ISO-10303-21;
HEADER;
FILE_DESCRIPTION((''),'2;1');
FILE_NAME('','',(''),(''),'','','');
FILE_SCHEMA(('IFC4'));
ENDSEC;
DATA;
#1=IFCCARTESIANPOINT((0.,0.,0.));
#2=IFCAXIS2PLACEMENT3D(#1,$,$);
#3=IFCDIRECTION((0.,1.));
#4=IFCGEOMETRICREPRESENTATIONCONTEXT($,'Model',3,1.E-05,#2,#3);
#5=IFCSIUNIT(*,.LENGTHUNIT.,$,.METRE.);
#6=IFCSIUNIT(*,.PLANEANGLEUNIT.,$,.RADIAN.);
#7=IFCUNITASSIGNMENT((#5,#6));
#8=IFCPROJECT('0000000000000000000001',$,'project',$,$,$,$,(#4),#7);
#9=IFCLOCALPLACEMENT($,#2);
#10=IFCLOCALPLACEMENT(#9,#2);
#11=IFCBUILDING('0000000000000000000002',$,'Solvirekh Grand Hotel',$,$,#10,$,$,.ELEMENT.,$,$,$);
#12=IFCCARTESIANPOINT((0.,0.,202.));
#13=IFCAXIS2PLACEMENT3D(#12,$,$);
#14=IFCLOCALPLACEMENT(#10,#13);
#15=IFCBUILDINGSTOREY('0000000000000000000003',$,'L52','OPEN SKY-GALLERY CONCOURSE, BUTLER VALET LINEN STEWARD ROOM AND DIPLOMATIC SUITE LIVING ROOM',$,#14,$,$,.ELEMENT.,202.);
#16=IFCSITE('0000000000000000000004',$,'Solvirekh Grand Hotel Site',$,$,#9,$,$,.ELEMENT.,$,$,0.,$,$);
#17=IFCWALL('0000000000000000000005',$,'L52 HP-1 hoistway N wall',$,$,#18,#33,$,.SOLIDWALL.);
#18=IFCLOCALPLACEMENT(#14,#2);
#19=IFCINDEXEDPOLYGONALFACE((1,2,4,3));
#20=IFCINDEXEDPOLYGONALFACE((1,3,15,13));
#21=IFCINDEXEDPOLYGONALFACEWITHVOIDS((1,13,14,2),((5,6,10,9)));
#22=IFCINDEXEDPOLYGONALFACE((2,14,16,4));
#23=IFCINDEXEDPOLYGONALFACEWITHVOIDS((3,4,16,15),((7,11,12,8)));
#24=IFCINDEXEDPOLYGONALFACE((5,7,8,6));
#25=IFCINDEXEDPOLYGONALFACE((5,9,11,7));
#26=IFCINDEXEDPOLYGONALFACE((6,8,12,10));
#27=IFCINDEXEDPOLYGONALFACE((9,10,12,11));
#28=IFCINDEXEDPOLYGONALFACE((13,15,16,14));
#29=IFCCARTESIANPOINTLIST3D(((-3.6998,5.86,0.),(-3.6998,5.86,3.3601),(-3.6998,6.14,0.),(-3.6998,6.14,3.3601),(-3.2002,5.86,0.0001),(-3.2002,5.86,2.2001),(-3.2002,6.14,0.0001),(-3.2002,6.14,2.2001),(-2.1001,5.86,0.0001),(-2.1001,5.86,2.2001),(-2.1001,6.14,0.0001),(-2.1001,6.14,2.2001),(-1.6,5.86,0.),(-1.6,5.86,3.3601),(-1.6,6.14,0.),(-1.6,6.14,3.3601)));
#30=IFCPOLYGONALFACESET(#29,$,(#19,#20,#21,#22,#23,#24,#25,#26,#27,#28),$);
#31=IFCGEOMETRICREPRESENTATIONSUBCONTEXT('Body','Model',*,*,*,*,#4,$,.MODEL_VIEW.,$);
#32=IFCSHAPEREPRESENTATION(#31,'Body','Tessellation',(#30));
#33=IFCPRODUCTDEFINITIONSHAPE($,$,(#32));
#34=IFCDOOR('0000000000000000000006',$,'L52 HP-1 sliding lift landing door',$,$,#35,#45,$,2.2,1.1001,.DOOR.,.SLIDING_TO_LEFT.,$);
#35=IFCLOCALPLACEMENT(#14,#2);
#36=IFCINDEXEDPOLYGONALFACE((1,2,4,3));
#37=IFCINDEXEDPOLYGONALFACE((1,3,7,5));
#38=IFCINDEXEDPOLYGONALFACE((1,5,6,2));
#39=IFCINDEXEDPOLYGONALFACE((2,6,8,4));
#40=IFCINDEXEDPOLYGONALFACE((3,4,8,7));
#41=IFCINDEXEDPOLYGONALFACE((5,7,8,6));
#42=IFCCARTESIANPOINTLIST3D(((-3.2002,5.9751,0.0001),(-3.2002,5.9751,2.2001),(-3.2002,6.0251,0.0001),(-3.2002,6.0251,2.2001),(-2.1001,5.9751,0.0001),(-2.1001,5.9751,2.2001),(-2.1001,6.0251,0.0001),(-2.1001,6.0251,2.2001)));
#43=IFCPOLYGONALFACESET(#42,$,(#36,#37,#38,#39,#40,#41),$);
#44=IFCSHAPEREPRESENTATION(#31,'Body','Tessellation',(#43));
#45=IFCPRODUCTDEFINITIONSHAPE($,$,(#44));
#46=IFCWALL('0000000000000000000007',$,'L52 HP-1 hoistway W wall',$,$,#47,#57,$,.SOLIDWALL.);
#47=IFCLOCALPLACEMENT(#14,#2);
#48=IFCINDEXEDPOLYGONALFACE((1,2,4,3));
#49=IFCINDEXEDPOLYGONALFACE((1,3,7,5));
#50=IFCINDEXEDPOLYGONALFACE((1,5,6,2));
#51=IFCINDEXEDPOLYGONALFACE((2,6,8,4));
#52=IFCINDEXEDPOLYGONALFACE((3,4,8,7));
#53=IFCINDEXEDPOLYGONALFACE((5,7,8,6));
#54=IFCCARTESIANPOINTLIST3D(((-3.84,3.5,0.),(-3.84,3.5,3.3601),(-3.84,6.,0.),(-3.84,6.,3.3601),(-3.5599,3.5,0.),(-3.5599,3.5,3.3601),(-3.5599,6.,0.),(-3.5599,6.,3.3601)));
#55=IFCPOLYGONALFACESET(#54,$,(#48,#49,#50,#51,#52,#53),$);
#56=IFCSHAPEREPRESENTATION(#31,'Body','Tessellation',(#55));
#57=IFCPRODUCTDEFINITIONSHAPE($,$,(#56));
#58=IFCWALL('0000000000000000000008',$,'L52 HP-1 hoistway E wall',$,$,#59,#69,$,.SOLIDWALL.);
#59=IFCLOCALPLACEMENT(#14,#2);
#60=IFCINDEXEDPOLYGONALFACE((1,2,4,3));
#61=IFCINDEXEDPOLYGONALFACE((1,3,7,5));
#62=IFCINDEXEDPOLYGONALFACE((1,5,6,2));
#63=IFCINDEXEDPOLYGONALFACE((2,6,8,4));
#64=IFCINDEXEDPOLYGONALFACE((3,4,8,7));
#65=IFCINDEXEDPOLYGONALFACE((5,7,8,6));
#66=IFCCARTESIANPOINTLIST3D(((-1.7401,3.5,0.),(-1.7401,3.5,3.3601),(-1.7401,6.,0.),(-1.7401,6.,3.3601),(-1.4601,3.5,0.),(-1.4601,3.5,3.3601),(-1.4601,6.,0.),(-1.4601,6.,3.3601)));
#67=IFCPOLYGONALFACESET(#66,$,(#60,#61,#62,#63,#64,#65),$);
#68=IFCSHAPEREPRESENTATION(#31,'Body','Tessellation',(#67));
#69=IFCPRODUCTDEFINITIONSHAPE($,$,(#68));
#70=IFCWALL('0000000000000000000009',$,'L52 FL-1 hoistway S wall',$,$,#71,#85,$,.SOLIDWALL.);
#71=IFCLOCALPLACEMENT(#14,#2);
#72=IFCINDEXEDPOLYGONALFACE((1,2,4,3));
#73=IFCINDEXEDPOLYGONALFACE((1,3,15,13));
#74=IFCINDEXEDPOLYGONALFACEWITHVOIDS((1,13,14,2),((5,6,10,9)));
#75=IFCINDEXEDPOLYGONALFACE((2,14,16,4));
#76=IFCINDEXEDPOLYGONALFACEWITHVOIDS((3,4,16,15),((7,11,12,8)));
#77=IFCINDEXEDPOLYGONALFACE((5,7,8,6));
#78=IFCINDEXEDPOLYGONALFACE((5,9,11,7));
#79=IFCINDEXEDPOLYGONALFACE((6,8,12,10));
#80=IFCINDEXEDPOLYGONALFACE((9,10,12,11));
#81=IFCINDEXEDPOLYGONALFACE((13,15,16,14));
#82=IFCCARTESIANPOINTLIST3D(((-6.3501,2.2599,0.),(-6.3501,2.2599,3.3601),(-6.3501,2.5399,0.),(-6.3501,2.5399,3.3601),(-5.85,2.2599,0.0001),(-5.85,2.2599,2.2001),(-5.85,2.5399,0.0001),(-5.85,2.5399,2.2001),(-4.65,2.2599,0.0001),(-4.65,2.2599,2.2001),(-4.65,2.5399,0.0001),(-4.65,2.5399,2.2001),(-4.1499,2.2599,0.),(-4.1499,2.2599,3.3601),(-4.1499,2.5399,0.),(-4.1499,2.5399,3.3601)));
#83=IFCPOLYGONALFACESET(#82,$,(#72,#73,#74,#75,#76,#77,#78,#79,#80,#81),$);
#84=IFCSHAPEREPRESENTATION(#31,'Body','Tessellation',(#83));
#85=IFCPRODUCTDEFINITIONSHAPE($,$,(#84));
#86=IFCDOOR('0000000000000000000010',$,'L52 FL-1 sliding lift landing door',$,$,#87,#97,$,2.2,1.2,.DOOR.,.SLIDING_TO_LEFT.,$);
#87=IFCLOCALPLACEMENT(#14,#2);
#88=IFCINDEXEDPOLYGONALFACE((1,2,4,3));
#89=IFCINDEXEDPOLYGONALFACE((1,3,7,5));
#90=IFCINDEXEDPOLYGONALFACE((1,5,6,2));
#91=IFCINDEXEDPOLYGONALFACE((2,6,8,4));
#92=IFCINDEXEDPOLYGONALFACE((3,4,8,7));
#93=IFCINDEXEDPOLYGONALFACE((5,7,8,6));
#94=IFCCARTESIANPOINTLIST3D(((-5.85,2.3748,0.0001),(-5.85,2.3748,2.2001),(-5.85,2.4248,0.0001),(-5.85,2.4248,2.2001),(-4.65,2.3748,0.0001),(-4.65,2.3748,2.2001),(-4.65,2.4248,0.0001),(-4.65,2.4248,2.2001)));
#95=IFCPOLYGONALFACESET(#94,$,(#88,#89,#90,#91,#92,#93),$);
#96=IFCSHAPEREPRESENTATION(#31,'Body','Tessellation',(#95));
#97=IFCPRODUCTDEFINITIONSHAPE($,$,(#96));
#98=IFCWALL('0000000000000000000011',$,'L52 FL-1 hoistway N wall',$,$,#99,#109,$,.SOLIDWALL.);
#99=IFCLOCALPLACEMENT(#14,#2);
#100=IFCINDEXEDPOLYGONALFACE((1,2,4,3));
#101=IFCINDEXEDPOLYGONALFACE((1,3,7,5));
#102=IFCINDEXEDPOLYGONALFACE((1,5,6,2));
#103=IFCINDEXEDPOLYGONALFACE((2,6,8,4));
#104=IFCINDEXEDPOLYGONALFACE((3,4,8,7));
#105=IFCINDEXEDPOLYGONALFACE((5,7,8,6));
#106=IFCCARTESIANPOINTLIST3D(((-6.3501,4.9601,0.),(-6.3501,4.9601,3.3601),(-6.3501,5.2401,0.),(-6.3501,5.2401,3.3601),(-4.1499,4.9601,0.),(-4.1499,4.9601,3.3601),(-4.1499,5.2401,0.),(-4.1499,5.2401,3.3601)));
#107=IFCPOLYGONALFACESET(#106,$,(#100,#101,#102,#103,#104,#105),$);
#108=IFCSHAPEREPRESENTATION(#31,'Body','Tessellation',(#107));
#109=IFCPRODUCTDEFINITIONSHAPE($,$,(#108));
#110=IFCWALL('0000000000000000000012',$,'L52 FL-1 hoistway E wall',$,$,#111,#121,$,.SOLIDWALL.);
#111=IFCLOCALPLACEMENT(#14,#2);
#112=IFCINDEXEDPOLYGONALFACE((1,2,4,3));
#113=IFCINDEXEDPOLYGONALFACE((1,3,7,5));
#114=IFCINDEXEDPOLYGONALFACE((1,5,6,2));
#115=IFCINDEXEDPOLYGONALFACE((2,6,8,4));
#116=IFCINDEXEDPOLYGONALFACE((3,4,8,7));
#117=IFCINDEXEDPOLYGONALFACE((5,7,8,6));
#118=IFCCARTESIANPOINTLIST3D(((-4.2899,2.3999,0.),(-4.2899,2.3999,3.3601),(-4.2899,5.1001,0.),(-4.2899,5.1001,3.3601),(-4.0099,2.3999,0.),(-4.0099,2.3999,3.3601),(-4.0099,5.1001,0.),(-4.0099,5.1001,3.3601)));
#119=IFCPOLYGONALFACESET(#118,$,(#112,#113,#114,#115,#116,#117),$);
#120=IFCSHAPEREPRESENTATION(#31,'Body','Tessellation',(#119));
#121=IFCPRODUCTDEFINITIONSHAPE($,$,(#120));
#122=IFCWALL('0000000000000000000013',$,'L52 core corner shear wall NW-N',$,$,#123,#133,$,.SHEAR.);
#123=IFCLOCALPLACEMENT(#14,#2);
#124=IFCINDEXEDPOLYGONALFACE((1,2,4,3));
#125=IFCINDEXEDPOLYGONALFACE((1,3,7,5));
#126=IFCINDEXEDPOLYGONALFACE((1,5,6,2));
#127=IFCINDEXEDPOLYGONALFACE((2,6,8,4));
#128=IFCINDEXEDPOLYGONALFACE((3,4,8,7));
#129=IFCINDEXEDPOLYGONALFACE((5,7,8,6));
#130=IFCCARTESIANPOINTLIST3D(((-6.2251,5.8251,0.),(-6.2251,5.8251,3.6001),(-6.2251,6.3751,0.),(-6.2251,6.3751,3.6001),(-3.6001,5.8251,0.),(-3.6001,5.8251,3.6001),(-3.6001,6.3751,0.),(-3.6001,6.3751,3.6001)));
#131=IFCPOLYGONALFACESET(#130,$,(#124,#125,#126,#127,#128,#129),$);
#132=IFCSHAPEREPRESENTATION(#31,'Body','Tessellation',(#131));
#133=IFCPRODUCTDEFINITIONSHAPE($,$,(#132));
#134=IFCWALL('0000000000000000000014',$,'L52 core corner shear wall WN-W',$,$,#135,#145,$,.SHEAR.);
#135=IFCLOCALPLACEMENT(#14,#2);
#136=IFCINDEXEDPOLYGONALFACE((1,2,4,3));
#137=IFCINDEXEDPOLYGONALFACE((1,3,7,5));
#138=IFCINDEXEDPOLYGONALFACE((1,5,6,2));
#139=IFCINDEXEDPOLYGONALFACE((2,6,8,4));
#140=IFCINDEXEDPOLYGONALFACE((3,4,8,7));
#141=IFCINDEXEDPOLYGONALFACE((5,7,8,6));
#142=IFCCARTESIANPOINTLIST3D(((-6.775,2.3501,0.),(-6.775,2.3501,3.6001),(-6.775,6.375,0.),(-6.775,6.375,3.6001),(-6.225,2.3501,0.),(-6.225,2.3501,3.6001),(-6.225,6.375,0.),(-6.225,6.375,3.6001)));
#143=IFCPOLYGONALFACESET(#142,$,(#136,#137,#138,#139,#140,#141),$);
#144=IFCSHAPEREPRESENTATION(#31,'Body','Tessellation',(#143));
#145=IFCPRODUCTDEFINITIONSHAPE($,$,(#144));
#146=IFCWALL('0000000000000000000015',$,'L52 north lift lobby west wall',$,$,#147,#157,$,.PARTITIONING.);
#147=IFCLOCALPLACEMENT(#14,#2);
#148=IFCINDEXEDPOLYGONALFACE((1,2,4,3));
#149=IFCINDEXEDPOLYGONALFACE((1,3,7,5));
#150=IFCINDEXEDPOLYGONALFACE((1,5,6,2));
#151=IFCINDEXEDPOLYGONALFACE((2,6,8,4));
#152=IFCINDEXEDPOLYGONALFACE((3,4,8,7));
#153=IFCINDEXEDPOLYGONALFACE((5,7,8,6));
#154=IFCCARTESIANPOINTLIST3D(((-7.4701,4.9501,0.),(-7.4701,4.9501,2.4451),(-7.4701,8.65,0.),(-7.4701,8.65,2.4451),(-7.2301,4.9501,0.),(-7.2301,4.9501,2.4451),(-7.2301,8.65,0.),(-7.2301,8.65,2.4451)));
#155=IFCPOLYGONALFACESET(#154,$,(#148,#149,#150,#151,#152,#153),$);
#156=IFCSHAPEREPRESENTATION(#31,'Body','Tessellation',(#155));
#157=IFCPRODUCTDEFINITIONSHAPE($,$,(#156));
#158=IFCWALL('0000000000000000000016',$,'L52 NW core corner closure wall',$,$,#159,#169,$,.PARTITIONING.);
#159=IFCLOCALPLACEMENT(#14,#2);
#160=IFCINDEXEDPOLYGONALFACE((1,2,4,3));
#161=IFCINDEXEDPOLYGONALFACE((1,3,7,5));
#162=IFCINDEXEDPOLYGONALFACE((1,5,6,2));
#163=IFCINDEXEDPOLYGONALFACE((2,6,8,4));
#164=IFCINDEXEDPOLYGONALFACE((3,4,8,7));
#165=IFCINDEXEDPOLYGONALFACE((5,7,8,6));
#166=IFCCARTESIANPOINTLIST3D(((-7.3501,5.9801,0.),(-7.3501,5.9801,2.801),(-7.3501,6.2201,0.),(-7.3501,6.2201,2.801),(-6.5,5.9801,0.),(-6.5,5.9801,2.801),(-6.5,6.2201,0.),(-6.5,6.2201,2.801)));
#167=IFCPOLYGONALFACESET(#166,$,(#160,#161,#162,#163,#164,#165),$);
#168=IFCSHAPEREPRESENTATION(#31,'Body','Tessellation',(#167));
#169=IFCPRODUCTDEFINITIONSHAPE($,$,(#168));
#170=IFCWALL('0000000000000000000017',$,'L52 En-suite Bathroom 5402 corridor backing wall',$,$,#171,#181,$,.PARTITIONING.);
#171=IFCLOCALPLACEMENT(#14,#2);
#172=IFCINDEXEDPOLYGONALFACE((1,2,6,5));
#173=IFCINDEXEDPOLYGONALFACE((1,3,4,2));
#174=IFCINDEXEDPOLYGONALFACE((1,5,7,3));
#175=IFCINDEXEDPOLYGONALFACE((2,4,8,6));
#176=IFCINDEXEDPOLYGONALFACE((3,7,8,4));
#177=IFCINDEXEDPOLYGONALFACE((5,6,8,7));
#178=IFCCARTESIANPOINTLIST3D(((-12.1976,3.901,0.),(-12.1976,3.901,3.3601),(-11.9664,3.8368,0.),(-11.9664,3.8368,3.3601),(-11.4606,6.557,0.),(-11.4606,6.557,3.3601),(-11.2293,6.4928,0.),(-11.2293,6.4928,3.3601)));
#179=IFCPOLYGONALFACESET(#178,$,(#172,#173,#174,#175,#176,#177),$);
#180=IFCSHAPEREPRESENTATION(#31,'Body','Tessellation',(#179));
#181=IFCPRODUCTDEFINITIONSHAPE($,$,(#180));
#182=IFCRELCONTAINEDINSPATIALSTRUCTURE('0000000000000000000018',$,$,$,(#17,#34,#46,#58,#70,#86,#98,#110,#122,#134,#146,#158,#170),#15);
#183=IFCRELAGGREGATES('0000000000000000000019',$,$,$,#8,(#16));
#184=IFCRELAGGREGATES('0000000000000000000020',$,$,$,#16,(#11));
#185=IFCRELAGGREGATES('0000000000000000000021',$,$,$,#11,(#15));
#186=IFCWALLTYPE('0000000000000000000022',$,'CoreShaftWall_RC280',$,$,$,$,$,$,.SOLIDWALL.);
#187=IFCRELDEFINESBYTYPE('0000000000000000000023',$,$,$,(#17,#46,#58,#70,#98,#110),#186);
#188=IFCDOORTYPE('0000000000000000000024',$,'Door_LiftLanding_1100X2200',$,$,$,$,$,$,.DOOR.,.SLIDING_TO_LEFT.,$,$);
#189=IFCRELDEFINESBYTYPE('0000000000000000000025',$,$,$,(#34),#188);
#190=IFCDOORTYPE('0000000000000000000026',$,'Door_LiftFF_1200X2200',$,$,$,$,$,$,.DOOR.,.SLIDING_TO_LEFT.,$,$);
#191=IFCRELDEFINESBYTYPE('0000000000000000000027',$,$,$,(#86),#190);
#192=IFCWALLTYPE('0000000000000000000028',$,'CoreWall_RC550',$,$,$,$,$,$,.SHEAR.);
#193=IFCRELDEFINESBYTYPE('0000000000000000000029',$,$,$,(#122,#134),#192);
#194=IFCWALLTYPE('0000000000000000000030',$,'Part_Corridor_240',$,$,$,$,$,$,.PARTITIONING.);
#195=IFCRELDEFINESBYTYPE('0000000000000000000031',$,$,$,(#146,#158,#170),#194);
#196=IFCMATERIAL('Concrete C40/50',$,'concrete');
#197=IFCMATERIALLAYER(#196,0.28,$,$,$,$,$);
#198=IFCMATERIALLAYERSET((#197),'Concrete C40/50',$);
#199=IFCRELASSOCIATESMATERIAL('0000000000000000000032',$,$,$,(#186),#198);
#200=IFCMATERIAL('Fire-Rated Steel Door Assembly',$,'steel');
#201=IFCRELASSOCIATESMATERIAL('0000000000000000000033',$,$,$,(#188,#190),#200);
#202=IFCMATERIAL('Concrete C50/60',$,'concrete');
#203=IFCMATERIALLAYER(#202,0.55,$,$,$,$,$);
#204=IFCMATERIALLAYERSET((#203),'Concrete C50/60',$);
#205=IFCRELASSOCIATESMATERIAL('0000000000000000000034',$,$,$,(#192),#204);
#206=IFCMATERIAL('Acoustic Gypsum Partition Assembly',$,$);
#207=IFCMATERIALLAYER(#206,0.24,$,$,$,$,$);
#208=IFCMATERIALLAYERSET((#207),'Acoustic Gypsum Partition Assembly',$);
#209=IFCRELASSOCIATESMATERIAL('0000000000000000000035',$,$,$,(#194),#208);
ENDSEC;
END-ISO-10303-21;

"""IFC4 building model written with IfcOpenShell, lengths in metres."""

from ifc_helpers import new_model, si_unit, direction, frame, frame_2d, origin, place, context, subcontext, project, spatial, rectangle, extrude, material, layer, layer_set, type_object, element, fill, save


model = new_model("IFC4")

# Units and contexts
model_context = context("Model", 3, precision=1e-05, world=origin(), true_north=direction((0.0, 1.0)))
body_context = subcontext(model_context, "Body", "Model", "MODEL_VIEW")
ifc_project = project(units=[si_unit("LENGTHUNIT", "METRE"), si_unit("PLANEANGLEUNIT", "RADIAN")], contexts=[model_context])

# Site, building, storey
site_placement = place(None, origin())
site = spatial("IfcSite", under=ifc_project, at=site_placement, Name="Solvirekh Grand Hotel Site", CompositionType="ELEMENT", RefElevation=0.0)
building_placement = place(site_placement, origin())
building = spatial("IfcBuilding", under=site, at=building_placement, Name="Solvirekh Grand Hotel", CompositionType="ELEMENT")
storey_placement = place(building_placement, frame((0.0, 0.0, 202.0)))
storey = spatial("IfcBuildingStorey", under=building, at=storey_placement, Name="L52", Description="OPEN SKY-GALLERY CONCOURSE, BUTLER VALET LINEN STEWARD ROOM AND DIPLOMATIC SUITE LIVING ROOM", CompositionType="ELEMENT", Elevation=202.0)

# Shared definitions
ifc_material_1 = material(Name="Concrete C50/60", Category="concrete")

# Wall, opening, door
ifc_material_2 = material(Name="Concrete C40/50", Category="concrete")
ifc_layer_1 = layer(ifc_material_2, 0.28)
ifc_layer_set_1 = layer_set([ifc_layer_1], Name="Concrete C40/50")
wall_type_1 = type_object("IfcWallType", Name="CoreShaftWall_RC280", PredefinedType="SOLIDWALL", material=ifc_layer_set_1)
wall_1_placement = place(storey_placement, frame((-1.6001, 6.0, 0.0), z_axis=(0.0, 0.0, 1.0), x_axis=(-1.0, 0.0, 0.0)))
wall_1 = element("IfcWall", 1, at=wall_1_placement, inside=storey, type_object=wall_type_1, Name="L52 HP-1 hoistway N wall", PredefinedType="SOLIDWALL", context=body_context, shape_type="SweptSolid", body=[
    extrude(rectangle(XDim=2.0999, YDim=0.28, at=frame_2d((1.0498, 0.0))), origin(), (0.0, 0.0, 1.0), 3.3601),
])
opening_1_placement = place(wall_1_placement, frame((0.5, 0.0, 0.0)))
opening_1 = element("IfcOpeningElement", 2, at=opening_1_placement, cuts=wall_1, PredefinedType="OPENING", context=body_context, shape_type="SweptSolid", body=[
    extrude(rectangle(XDim=1.1001, YDim=2.2, at=frame_2d((0.55, 1.1001))), frame((0.0, 0.1499, 0.0), z_axis=(0.0, -1.0, 0.0), x_axis=(1.0, 0.0, 0.0)), (0.0, 0.0, 1.0), 0.3),
])
ifc_material_3 = material(Name="Fire-Rated Steel Door Assembly", Category="steel")
door_type_1 = type_object("IfcDoorType", Name="Door_LiftLanding_1100X2200", OperationType="SLIDING_TO_LEFT", PredefinedType="DOOR", material=ifc_material_3)
door_1_placement = place(opening_1_placement, origin())
door_1 = element("IfcDoor", 3, at=door_1_placement, inside=storey, type_object=door_type_1, Name="L52 HP-1 sliding lift landing door", OperationType="SLIDING_TO_LEFT", OverallHeight=2.2, OverallWidth=1.1001, PredefinedType="DOOR", context=body_context, shape_type="SweptSolid", body=[
    extrude(rectangle(XDim=1.1001, YDim=2.2, at=frame_2d((0.55, 1.1001))), frame((0.0, 0.0249, 0.0), z_axis=(0.0, -1.0, 0.0), x_axis=(1.0, 0.0, 0.0)), (0.0, 0.0, 1.0), 0.05),
])
fill(opening_1, door_1)

# Walls
for number, where, z_axis, x_axis, name in (
    (4, (-3.7, 6.0, 0.0), (0.0, 0.0, 1.0), (0.0, -1.0, 0.0), "L52 HP-1 hoistway W wall"),
    (5, (-1.6001, 3.5, 0.0), (0.0, 0.0, 1.0), (0.0, 1.0, 0.0), "L52 HP-1 hoistway E wall"),
):
    element("IfcWall", number, at=place(storey_placement, frame(where, z_axis=z_axis, x_axis=x_axis)), inside=storey, type_object=wall_type_1, Name=name, PredefinedType="SOLIDWALL", context=body_context, shape_type="SweptSolid", body=[
        extrude(rectangle(XDim=2.5, YDim=0.28, at=frame_2d((1.25, 0.0))), origin(), (0.0, 0.0, 1.0), 3.3601),
    ])

# Wall, opening, door
wall_2_placement = place(storey_placement, frame((-6.3501, 2.3999, 0.0), z_axis=(0.0, 0.0, 1.0), x_axis=(1.0, 0.0, 0.0)))
wall_2 = element("IfcWall", 6, at=wall_2_placement, inside=storey, type_object=wall_type_1, Name="L52 FL-1 hoistway S wall", PredefinedType="SOLIDWALL", context=body_context, shape_type="SweptSolid", body=[
    extrude(rectangle(XDim=2.2002, YDim=0.28, at=frame_2d((1.1001, 0.0))), origin(), (0.0, 0.0, 1.0), 3.3601),
])
opening_2_placement = place(wall_2_placement, frame((0.5, 0.0, 0.0)))
opening_2 = element("IfcOpeningElement", 7, at=opening_2_placement, cuts=wall_2, PredefinedType="OPENING", context=body_context, shape_type="SweptSolid", body=[
    extrude(rectangle(XDim=1.2, YDim=2.2, at=frame_2d((0.6001, 1.1001))), frame((0.0, 0.1499, 0.0), z_axis=(0.0, -1.0, 0.0), x_axis=(1.0, 0.0, 0.0)), (0.0, 0.0, 1.0), 0.3),
])
door_type_2 = type_object("IfcDoorType", Name="Door_LiftFF_1200X2200", OperationType="SLIDING_TO_LEFT", PredefinedType="DOOR", material=ifc_material_3)
door_2_placement = place(opening_2_placement, origin())
door_2 = element("IfcDoor", 8, at=door_2_placement, inside=storey, type_object=door_type_2, Name="L52 FL-1 sliding lift landing door", OperationType="SLIDING_TO_LEFT", OverallHeight=2.2, OverallWidth=1.2, PredefinedType="DOOR", context=body_context, shape_type="SweptSolid", body=[
    extrude(rectangle(XDim=1.2, YDim=2.2, at=frame_2d((0.6001, 1.1001))), frame((0.0, 0.0249, 0.0), z_axis=(0.0, -1.0, 0.0), x_axis=(1.0, 0.0, 0.0)), (0.0, 0.0, 1.0), 0.05),
])
fill(opening_2, door_2)

# Walls
wall_3_placement = place(storey_placement, frame((-4.1499, 5.1001, 0.0), z_axis=(0.0, 0.0, 1.0), x_axis=(-1.0, 0.0, 0.0)))
element("IfcWall", 9, at=wall_3_placement, inside=storey, type_object=wall_type_1, Name="L52 FL-1 hoistway N wall", PredefinedType="SOLIDWALL", context=body_context, shape_type="SweptSolid", body=[
    extrude(rectangle(XDim=2.2002, YDim=0.28, at=frame_2d((1.1001, 0.0))), origin(), (0.0, 0.0, 1.0), 3.3601),
])
wall_4_placement = place(storey_placement, frame((-4.1499, 2.3999, 0.0), z_axis=(0.0, 0.0, 1.0), x_axis=(0.0, 1.0, 0.0)))
element("IfcWall", 10, at=wall_4_placement, inside=storey, type_object=wall_type_1, Name="L52 FL-1 hoistway E wall", PredefinedType="SOLIDWALL", context=body_context, shape_type="SweptSolid", body=[
    extrude(rectangle(XDim=2.7002, YDim=0.28, at=frame_2d((1.3501, 0.0))), origin(), (0.0, 0.0, 1.0), 3.3601),
])
ifc_layer_2 = layer(ifc_material_1, 0.55)
ifc_layer_set_2 = layer_set([ifc_layer_2], Name="Concrete C50/60")
wall_type_2 = type_object("IfcWallType", Name="CoreWall_RC550", PredefinedType="SHEAR", material=ifc_layer_set_2)
wall_5_placement = place(storey_placement, frame((-6.2251, 6.1001, 0.0), z_axis=(0.0, 0.0, 1.0), x_axis=(1.0, 0.0, 0.0)))
element("IfcWall", 11, at=wall_5_placement, inside=storey, type_object=wall_type_2, Name="L52 core corner shear wall NW-N", PredefinedType="SHEAR", context=body_context, shape_type="SweptSolid", body=[
    extrude(rectangle(XDim=2.625, YDim=0.55, at=frame_2d((1.3125, 0.0))), origin(), (0.0, 0.0, 1.0), 3.6001),
])
wall_6_placement = place(storey_placement, frame((-6.5, 2.3501, 0.0), z_axis=(0.0, 0.0, 1.0), x_axis=(0.0, 1.0, 0.0)))
element("IfcWall", 12, at=wall_6_placement, inside=storey, type_object=wall_type_2, Name="L52 core corner shear wall WN-W", PredefinedType="SHEAR", context=body_context, shape_type="SweptSolid", body=[
    extrude(rectangle(XDim=4.0249, YDim=0.55, at=frame_2d((2.0125, 0.0))), origin(), (0.0, 0.0, 1.0), 3.6001),
])
ifc_material_4 = material(Name="Acoustic Gypsum Partition Assembly")
ifc_layer_3 = layer(ifc_material_4, 0.24)
ifc_layer_set_3 = layer_set([ifc_layer_3], Name="Acoustic Gypsum Partition Assembly")
wall_type_3 = type_object("IfcWallType", Name="Part_Corridor_240", PredefinedType="PARTITIONING", material=ifc_layer_set_3)
wall_7_placement = place(storey_placement, frame((-7.3501, 4.95, 0.0), z_axis=(0.0, 0.0, 1.0), x_axis=(0.0, 1.0, 0.0)))
element("IfcWall", 13, at=wall_7_placement, inside=storey, type_object=wall_type_3, Name="L52 north lift lobby west wall", PredefinedType="PARTITIONING", context=body_context, shape_type="SweptSolid", body=[
    extrude(rectangle(XDim=3.7, YDim=0.24, at=frame_2d((1.8501, 0.0))), origin(), (0.0, 0.0, 1.0), 2.4451),
])
wall_8_placement = place(storey_placement, frame((-7.3501, 6.1001, 0.0), z_axis=(0.0, 0.0, 1.0), x_axis=(1.0, 0.0, 0.0)))
element("IfcWall", 14, at=wall_8_placement, inside=storey, type_object=wall_type_3, Name="L52 NW core corner closure wall", PredefinedType="PARTITIONING", context=body_context, shape_type="SweptSolid", body=[
    extrude(rectangle(XDim=0.8501, YDim=0.24, at=frame_2d((0.425, 0.0))), origin(), (0.0, 0.0, 1.0), 2.801),
])
wall_9_placement = place(storey_placement, frame((-11.345, 6.5249, 0.0), z_axis=(0.0, 0.0, 1.0), x_axis=(-0.267402, -0.963585, 0.0)))
element("IfcWall", 15, at=wall_9_placement, inside=storey, type_object=wall_type_3, Name="L52 En-suite Bathroom 5402 corridor backing wall", PredefinedType="PARTITIONING", context=body_context, shape_type="SweptSolid", body=[
    extrude(rectangle(XDim=2.7563, YDim=0.24, at=frame_2d((1.3782, 0.0))), origin(), (0.0, 0.0, 1.0), 3.3601),
])

save(model, "model.ifc")
